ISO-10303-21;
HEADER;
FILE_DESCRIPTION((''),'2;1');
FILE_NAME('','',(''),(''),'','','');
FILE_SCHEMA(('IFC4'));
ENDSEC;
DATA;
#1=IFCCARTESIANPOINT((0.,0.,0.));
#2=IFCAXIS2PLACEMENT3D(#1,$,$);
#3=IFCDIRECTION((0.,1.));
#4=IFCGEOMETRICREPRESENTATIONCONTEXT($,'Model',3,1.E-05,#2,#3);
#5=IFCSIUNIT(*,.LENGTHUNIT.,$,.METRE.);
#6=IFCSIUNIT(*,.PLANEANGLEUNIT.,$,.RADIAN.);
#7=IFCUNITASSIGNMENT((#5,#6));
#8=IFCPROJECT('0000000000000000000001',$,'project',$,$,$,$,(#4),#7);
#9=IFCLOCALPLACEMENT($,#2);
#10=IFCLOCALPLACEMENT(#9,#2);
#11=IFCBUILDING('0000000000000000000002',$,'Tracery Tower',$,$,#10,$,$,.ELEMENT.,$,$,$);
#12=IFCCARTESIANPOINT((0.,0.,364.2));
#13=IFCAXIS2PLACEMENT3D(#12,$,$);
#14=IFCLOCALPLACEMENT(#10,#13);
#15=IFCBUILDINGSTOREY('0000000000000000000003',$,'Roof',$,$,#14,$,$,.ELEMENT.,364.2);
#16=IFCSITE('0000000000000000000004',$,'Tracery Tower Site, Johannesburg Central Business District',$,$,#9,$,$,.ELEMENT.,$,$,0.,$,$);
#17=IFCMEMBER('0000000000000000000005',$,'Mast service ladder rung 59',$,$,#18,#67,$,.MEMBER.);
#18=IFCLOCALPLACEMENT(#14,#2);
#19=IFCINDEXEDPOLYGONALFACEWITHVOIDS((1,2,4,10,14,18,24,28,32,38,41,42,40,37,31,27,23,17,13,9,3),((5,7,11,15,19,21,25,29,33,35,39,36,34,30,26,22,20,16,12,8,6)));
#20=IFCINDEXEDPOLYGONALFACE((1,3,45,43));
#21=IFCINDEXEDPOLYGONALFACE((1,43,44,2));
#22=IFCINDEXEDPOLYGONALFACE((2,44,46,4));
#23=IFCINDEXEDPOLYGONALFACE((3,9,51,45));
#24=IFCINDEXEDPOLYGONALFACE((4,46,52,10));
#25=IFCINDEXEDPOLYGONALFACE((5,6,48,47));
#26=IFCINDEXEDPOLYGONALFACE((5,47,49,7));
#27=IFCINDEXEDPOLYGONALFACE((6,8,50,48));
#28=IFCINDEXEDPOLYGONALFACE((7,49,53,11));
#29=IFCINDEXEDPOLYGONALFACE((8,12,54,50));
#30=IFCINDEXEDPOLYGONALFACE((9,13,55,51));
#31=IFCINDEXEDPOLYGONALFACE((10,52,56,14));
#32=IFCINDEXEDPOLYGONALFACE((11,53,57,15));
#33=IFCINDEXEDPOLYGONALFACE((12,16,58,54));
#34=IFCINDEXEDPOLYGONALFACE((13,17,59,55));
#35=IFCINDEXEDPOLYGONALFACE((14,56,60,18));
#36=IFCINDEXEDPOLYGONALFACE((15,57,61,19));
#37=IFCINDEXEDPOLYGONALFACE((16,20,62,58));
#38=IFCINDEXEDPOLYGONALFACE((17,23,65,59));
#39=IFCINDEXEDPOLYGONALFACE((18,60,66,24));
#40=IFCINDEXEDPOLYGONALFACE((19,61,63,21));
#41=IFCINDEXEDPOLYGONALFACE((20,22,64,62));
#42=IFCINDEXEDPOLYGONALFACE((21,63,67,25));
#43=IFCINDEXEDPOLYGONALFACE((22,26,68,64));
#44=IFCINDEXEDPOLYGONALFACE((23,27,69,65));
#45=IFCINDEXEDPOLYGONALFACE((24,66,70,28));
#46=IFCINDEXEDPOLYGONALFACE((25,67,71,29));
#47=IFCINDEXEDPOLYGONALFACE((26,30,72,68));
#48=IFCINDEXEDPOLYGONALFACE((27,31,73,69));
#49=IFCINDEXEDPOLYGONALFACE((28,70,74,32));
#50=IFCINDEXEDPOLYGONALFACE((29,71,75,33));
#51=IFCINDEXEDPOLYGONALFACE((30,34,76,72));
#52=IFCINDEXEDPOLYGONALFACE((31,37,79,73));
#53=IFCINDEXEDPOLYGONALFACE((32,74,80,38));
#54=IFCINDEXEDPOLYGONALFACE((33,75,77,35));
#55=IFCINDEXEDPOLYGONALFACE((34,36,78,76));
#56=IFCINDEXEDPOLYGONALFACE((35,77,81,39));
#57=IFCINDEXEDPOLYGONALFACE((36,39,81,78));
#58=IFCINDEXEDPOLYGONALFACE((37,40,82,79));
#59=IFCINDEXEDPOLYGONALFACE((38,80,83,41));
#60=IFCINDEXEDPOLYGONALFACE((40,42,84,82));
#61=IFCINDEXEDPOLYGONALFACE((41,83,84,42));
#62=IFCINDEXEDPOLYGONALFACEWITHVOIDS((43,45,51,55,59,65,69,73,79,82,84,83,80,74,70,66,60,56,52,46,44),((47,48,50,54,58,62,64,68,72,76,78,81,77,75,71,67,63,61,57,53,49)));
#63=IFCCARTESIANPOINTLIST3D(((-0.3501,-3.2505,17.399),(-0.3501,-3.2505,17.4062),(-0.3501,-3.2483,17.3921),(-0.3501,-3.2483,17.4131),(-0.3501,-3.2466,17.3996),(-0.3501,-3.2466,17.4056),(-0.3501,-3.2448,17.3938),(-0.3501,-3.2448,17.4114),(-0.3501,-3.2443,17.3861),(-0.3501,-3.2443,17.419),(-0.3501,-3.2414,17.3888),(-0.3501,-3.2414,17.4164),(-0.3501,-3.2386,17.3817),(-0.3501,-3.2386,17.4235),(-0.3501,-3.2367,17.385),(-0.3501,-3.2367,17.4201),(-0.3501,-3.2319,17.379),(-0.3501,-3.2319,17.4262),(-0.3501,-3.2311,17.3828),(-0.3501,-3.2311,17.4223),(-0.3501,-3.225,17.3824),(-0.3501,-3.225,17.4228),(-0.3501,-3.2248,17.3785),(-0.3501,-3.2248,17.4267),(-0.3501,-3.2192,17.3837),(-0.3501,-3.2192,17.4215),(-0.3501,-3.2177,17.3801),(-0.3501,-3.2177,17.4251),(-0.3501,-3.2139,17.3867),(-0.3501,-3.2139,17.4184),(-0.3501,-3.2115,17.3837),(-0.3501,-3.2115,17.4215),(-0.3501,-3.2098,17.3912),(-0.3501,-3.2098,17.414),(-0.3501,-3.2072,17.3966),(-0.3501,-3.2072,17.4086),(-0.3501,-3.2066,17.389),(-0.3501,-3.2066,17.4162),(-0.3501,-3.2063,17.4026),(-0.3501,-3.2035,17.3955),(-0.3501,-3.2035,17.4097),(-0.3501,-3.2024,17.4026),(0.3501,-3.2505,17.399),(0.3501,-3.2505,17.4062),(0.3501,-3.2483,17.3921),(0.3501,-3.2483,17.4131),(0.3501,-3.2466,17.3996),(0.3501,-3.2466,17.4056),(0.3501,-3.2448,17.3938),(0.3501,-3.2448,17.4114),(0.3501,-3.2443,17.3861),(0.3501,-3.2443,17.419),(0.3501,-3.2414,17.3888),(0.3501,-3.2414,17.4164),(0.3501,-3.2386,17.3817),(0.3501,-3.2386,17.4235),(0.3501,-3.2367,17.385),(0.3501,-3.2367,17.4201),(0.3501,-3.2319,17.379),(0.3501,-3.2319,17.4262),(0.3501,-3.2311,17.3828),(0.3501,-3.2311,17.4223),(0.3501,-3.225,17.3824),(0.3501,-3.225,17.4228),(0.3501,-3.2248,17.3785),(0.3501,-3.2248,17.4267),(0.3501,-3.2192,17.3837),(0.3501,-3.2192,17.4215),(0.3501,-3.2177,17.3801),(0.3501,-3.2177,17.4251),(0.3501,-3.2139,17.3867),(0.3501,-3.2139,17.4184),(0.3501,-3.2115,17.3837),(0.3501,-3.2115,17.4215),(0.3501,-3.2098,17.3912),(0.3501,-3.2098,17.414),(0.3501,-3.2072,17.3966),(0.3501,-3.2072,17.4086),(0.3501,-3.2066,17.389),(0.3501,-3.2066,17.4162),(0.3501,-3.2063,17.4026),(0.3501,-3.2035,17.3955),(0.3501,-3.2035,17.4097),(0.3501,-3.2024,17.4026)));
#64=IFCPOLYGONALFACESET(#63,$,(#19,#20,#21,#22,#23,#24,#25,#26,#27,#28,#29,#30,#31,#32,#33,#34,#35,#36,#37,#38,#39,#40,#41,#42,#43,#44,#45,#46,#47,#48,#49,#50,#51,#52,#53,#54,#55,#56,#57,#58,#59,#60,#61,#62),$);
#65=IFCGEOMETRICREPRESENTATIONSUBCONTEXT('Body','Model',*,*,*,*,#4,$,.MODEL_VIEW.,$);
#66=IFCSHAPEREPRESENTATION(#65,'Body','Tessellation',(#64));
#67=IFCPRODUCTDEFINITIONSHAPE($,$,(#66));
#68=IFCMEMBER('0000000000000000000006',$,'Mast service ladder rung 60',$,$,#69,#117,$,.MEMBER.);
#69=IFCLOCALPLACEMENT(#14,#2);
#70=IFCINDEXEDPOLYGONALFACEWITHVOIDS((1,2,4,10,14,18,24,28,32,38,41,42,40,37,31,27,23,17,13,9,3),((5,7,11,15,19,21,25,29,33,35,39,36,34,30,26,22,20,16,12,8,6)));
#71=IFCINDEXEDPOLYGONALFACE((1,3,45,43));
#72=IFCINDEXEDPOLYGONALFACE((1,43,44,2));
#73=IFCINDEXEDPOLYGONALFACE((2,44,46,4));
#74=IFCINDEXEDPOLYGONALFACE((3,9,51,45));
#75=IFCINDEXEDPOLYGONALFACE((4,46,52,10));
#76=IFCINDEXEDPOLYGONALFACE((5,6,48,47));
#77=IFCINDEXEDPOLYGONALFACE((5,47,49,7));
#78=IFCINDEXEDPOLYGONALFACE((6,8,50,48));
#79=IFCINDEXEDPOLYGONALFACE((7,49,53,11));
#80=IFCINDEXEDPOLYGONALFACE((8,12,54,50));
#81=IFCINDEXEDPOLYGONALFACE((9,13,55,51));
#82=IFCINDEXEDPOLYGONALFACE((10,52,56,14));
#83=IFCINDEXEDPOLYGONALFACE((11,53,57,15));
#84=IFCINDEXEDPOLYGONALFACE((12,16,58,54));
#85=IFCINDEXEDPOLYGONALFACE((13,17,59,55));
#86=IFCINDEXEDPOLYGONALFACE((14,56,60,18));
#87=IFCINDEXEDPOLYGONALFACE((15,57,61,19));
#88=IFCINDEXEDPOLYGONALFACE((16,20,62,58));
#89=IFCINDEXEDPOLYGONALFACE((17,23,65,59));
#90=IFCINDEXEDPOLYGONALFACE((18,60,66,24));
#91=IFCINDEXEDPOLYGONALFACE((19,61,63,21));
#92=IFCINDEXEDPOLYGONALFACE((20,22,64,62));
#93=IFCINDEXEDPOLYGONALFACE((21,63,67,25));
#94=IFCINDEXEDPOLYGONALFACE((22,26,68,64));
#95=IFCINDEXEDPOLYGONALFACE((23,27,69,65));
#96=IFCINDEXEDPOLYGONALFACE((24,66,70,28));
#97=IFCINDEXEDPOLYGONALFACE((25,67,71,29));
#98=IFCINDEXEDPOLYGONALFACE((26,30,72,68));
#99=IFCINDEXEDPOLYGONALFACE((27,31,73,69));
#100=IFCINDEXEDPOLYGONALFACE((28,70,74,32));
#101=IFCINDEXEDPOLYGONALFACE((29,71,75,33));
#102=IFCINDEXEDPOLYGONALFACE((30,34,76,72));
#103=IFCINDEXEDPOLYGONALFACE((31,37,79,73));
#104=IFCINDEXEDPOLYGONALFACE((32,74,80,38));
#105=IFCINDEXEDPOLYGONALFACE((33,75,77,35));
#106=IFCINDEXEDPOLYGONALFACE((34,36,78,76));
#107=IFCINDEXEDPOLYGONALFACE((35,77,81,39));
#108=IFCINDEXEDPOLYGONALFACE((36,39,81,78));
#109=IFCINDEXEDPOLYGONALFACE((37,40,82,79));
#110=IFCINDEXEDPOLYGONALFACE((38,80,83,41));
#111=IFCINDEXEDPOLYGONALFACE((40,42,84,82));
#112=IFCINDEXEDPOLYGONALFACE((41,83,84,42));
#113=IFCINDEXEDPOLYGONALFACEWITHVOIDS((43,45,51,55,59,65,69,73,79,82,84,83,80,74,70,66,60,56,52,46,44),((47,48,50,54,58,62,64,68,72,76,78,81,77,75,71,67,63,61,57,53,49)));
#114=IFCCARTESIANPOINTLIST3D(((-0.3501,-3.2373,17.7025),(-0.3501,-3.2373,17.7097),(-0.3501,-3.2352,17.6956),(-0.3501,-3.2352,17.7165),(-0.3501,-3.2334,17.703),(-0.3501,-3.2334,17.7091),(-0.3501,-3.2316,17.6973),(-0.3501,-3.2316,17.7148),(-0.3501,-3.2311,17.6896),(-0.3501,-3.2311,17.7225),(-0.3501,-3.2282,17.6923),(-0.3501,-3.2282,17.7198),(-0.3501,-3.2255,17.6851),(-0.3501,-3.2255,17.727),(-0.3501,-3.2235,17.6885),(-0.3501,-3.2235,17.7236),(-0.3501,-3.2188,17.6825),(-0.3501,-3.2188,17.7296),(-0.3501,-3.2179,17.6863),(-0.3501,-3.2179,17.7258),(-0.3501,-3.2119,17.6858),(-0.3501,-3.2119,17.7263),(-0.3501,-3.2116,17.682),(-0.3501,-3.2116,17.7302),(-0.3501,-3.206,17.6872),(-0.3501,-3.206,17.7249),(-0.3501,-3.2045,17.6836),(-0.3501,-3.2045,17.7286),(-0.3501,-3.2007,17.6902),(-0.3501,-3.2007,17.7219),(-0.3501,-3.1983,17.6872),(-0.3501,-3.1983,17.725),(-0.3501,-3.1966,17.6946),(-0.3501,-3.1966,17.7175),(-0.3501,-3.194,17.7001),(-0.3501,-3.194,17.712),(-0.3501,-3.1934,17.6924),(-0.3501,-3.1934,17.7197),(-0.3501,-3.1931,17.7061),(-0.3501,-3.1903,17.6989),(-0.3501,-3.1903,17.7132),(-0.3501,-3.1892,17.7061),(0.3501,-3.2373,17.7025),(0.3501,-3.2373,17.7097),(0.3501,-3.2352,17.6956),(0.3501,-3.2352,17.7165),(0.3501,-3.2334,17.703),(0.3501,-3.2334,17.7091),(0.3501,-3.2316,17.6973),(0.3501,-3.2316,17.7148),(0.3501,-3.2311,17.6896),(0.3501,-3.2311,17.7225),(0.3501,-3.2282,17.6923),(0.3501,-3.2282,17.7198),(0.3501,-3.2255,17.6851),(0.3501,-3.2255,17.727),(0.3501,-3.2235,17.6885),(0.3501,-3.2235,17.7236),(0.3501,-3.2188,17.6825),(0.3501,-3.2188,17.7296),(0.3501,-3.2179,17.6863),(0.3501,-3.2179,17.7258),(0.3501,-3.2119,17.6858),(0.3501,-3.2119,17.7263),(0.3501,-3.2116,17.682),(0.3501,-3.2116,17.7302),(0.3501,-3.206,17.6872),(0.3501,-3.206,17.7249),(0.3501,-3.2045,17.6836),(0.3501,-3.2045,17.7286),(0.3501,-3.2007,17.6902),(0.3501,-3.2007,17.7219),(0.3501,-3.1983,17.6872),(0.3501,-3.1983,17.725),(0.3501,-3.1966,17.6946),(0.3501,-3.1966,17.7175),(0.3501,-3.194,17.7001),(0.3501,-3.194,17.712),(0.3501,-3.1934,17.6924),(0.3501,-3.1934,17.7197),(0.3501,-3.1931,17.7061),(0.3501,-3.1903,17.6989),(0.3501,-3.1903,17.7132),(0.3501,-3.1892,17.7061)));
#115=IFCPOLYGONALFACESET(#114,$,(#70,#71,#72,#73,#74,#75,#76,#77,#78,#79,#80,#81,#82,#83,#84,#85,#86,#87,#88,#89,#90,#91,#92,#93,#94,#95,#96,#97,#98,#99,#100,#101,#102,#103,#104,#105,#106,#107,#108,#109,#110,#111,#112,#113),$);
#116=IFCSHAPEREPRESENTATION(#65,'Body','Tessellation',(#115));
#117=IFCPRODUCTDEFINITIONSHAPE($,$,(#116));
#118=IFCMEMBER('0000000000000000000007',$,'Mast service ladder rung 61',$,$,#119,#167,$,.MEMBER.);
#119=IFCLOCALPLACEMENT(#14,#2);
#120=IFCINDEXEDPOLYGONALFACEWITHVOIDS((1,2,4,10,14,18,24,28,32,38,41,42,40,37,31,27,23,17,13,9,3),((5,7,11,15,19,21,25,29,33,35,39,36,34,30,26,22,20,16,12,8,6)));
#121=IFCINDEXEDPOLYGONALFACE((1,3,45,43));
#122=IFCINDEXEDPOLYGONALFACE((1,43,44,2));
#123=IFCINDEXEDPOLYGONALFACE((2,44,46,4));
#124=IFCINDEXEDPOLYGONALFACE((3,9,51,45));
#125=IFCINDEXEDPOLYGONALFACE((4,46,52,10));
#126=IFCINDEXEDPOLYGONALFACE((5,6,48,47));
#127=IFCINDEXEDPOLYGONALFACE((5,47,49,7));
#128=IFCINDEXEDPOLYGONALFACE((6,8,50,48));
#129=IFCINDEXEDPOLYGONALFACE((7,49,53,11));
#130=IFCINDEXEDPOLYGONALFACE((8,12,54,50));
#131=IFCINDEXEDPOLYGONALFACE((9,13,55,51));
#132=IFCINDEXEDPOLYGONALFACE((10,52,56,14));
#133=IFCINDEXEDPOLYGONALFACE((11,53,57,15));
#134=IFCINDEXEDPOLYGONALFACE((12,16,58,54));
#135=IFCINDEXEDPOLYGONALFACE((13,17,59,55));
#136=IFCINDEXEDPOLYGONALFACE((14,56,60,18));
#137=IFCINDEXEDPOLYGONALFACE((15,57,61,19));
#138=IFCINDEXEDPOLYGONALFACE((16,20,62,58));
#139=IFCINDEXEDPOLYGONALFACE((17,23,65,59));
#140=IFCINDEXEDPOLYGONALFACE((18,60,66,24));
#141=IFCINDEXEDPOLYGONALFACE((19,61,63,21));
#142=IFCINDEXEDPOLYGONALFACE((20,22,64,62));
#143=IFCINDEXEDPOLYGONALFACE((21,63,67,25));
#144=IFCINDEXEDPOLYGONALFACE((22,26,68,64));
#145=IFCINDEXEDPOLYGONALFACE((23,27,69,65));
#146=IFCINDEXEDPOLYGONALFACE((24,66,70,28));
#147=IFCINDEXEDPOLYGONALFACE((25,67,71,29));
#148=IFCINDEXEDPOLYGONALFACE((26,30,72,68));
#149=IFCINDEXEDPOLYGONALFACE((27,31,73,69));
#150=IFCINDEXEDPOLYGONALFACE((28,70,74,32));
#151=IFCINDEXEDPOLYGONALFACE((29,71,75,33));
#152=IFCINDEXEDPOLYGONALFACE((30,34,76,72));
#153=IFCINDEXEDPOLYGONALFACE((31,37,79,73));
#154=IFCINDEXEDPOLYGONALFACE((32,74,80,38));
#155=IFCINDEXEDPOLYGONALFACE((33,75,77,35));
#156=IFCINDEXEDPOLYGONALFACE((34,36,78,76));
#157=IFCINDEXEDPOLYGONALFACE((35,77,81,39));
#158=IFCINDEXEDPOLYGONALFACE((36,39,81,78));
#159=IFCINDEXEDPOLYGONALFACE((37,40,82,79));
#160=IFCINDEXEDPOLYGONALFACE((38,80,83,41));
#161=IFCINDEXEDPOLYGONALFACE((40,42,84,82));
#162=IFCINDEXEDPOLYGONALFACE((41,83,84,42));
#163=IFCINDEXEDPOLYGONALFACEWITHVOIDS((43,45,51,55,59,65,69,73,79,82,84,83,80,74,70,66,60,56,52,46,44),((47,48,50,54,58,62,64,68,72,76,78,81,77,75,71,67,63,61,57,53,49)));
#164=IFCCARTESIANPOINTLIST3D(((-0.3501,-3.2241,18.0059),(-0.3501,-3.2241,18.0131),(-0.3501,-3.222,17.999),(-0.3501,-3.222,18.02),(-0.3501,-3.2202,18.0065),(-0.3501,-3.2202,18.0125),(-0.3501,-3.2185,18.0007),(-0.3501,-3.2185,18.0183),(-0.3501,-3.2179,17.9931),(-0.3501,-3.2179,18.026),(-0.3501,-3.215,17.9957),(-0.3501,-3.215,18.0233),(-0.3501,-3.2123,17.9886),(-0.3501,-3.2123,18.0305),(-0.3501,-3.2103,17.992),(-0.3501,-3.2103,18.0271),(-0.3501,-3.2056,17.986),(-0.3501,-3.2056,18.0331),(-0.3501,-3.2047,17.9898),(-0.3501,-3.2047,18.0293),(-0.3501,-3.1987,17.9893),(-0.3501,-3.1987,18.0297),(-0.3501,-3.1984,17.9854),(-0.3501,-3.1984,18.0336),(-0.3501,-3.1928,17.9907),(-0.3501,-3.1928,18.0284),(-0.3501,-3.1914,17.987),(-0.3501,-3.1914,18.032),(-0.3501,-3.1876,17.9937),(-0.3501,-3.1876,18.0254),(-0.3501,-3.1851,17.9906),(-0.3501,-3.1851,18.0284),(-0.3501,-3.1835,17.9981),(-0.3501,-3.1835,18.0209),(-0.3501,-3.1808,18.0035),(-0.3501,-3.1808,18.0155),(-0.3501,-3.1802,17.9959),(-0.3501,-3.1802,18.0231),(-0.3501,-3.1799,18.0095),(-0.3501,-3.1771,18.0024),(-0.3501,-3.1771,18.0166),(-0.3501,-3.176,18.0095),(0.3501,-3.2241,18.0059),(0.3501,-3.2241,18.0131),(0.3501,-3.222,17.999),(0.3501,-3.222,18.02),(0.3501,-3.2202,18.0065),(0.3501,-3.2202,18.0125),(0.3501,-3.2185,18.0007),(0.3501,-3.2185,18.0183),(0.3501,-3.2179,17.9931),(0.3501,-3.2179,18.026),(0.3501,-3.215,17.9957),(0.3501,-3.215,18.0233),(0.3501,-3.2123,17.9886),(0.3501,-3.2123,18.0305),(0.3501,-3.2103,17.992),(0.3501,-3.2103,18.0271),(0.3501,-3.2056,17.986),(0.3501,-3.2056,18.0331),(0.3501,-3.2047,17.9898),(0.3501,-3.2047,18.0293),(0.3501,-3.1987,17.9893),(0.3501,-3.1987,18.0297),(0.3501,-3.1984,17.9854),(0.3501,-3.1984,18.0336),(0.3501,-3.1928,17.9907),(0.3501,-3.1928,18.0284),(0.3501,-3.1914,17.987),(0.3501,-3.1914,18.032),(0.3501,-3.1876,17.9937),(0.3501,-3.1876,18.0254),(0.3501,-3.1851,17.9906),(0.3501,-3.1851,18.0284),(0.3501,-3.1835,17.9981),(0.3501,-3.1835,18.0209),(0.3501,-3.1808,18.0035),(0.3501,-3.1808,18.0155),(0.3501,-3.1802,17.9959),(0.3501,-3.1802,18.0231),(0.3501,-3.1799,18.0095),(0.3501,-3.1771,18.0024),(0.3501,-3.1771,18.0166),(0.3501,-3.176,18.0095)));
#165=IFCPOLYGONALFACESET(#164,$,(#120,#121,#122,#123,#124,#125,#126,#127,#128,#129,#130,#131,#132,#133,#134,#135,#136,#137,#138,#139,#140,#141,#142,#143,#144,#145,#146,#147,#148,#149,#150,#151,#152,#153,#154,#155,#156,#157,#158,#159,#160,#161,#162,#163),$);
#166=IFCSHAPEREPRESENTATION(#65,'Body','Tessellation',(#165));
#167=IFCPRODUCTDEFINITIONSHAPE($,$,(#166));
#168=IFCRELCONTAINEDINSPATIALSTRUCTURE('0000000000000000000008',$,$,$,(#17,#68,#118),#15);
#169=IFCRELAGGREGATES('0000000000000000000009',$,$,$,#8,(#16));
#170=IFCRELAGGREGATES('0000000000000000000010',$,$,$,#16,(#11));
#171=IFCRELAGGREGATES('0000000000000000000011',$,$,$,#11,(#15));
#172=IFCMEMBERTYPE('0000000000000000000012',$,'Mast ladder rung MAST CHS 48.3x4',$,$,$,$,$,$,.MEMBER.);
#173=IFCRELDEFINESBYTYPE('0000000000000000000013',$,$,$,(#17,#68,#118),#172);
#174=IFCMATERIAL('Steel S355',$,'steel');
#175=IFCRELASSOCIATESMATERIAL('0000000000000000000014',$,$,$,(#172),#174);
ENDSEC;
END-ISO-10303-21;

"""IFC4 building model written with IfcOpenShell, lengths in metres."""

from ifc_helpers import new_model, si_unit, direction, frame, origin, origin_2d, place, context, subcontext, project, spatial, hollow_circle, extrude, material, material_profile, profile_set, type_object, element, save


model = new_model("IFC4")

# Units and contexts
model_context = context("Model", 3, precision=1e-05, world=origin(), true_north=direction((0.0, 1.0)))
body_context = subcontext(model_context, "Body", "Model", "MODEL_VIEW")
ifc_project = project(units=[si_unit("LENGTHUNIT", "METRE"), si_unit("PLANEANGLEUNIT", "RADIAN")], contexts=[model_context])

# Site, building, storey
site_placement = place(None, origin())
site = spatial("IfcSite", under=ifc_project, at=site_placement, Name="Tracery Tower Site, Johannesburg Central Business District", CompositionType="ELEMENT", RefElevation=0.0)
building_placement = place(site_placement, origin())
building = spatial("IfcBuilding", under=site, at=building_placement, Name="Tracery Tower", CompositionType="ELEMENT")
storey_placement = place(building_placement, frame((0.0, 0.0, 364.2)))
storey = spatial("IfcBuildingStorey", under=building, at=storey_placement, Name="Roof", CompositionType="ELEMENT", Elevation=364.2)

# Members
ifc_material_1 = material(Name="Steel S355", Category="steel")
ifc_material_profile_1 = material_profile(ifc_material_1, hollow_circle(Radius=0.0242, WallThickness=0.0039, at=origin_2d()), Name="CHS 48.3x4")
ifc_profile_set_1 = profile_set([ifc_material_profile_1], Name="Steel S355")
member_type_1 = type_object("IfcMemberType", Name="Mast ladder rung MAST CHS 48.3x4", PredefinedType="MEMBER", material=ifc_profile_set_1)
for number, where, z_axis, x_axis, name in (
    (1, (-0.3501, -3.2266, 17.4026), (1.0, 0.0, 0.0), (0.0, 1.0, 0.0), "Mast service ladder rung 59"),
    (2, (-0.3501, -3.2134, 17.7061), (1.0, 0.0, 0.0), (0.0, 1.0, 0.0), "Mast service ladder rung 60"),
    (3, (-0.3501, -3.2002, 18.0095), (1.0, 0.0, 0.0), (0.0, 1.0, 0.0), "Mast service ladder rung 61"),
):
    element("IfcMember", number, at=place(storey_placement, frame(where, z_axis=z_axis, x_axis=x_axis)), inside=storey, type_object=member_type_1, Name=name, PredefinedType="MEMBER", context=body_context, shape_type="SweptSolid", body=[
        extrude(hollow_circle(Radius=0.0242, WallThickness=0.0039, at=origin_2d()), origin(), (0.0, 0.0, 1.0), 0.7002),
    ])

save(model, "model.ifc")
